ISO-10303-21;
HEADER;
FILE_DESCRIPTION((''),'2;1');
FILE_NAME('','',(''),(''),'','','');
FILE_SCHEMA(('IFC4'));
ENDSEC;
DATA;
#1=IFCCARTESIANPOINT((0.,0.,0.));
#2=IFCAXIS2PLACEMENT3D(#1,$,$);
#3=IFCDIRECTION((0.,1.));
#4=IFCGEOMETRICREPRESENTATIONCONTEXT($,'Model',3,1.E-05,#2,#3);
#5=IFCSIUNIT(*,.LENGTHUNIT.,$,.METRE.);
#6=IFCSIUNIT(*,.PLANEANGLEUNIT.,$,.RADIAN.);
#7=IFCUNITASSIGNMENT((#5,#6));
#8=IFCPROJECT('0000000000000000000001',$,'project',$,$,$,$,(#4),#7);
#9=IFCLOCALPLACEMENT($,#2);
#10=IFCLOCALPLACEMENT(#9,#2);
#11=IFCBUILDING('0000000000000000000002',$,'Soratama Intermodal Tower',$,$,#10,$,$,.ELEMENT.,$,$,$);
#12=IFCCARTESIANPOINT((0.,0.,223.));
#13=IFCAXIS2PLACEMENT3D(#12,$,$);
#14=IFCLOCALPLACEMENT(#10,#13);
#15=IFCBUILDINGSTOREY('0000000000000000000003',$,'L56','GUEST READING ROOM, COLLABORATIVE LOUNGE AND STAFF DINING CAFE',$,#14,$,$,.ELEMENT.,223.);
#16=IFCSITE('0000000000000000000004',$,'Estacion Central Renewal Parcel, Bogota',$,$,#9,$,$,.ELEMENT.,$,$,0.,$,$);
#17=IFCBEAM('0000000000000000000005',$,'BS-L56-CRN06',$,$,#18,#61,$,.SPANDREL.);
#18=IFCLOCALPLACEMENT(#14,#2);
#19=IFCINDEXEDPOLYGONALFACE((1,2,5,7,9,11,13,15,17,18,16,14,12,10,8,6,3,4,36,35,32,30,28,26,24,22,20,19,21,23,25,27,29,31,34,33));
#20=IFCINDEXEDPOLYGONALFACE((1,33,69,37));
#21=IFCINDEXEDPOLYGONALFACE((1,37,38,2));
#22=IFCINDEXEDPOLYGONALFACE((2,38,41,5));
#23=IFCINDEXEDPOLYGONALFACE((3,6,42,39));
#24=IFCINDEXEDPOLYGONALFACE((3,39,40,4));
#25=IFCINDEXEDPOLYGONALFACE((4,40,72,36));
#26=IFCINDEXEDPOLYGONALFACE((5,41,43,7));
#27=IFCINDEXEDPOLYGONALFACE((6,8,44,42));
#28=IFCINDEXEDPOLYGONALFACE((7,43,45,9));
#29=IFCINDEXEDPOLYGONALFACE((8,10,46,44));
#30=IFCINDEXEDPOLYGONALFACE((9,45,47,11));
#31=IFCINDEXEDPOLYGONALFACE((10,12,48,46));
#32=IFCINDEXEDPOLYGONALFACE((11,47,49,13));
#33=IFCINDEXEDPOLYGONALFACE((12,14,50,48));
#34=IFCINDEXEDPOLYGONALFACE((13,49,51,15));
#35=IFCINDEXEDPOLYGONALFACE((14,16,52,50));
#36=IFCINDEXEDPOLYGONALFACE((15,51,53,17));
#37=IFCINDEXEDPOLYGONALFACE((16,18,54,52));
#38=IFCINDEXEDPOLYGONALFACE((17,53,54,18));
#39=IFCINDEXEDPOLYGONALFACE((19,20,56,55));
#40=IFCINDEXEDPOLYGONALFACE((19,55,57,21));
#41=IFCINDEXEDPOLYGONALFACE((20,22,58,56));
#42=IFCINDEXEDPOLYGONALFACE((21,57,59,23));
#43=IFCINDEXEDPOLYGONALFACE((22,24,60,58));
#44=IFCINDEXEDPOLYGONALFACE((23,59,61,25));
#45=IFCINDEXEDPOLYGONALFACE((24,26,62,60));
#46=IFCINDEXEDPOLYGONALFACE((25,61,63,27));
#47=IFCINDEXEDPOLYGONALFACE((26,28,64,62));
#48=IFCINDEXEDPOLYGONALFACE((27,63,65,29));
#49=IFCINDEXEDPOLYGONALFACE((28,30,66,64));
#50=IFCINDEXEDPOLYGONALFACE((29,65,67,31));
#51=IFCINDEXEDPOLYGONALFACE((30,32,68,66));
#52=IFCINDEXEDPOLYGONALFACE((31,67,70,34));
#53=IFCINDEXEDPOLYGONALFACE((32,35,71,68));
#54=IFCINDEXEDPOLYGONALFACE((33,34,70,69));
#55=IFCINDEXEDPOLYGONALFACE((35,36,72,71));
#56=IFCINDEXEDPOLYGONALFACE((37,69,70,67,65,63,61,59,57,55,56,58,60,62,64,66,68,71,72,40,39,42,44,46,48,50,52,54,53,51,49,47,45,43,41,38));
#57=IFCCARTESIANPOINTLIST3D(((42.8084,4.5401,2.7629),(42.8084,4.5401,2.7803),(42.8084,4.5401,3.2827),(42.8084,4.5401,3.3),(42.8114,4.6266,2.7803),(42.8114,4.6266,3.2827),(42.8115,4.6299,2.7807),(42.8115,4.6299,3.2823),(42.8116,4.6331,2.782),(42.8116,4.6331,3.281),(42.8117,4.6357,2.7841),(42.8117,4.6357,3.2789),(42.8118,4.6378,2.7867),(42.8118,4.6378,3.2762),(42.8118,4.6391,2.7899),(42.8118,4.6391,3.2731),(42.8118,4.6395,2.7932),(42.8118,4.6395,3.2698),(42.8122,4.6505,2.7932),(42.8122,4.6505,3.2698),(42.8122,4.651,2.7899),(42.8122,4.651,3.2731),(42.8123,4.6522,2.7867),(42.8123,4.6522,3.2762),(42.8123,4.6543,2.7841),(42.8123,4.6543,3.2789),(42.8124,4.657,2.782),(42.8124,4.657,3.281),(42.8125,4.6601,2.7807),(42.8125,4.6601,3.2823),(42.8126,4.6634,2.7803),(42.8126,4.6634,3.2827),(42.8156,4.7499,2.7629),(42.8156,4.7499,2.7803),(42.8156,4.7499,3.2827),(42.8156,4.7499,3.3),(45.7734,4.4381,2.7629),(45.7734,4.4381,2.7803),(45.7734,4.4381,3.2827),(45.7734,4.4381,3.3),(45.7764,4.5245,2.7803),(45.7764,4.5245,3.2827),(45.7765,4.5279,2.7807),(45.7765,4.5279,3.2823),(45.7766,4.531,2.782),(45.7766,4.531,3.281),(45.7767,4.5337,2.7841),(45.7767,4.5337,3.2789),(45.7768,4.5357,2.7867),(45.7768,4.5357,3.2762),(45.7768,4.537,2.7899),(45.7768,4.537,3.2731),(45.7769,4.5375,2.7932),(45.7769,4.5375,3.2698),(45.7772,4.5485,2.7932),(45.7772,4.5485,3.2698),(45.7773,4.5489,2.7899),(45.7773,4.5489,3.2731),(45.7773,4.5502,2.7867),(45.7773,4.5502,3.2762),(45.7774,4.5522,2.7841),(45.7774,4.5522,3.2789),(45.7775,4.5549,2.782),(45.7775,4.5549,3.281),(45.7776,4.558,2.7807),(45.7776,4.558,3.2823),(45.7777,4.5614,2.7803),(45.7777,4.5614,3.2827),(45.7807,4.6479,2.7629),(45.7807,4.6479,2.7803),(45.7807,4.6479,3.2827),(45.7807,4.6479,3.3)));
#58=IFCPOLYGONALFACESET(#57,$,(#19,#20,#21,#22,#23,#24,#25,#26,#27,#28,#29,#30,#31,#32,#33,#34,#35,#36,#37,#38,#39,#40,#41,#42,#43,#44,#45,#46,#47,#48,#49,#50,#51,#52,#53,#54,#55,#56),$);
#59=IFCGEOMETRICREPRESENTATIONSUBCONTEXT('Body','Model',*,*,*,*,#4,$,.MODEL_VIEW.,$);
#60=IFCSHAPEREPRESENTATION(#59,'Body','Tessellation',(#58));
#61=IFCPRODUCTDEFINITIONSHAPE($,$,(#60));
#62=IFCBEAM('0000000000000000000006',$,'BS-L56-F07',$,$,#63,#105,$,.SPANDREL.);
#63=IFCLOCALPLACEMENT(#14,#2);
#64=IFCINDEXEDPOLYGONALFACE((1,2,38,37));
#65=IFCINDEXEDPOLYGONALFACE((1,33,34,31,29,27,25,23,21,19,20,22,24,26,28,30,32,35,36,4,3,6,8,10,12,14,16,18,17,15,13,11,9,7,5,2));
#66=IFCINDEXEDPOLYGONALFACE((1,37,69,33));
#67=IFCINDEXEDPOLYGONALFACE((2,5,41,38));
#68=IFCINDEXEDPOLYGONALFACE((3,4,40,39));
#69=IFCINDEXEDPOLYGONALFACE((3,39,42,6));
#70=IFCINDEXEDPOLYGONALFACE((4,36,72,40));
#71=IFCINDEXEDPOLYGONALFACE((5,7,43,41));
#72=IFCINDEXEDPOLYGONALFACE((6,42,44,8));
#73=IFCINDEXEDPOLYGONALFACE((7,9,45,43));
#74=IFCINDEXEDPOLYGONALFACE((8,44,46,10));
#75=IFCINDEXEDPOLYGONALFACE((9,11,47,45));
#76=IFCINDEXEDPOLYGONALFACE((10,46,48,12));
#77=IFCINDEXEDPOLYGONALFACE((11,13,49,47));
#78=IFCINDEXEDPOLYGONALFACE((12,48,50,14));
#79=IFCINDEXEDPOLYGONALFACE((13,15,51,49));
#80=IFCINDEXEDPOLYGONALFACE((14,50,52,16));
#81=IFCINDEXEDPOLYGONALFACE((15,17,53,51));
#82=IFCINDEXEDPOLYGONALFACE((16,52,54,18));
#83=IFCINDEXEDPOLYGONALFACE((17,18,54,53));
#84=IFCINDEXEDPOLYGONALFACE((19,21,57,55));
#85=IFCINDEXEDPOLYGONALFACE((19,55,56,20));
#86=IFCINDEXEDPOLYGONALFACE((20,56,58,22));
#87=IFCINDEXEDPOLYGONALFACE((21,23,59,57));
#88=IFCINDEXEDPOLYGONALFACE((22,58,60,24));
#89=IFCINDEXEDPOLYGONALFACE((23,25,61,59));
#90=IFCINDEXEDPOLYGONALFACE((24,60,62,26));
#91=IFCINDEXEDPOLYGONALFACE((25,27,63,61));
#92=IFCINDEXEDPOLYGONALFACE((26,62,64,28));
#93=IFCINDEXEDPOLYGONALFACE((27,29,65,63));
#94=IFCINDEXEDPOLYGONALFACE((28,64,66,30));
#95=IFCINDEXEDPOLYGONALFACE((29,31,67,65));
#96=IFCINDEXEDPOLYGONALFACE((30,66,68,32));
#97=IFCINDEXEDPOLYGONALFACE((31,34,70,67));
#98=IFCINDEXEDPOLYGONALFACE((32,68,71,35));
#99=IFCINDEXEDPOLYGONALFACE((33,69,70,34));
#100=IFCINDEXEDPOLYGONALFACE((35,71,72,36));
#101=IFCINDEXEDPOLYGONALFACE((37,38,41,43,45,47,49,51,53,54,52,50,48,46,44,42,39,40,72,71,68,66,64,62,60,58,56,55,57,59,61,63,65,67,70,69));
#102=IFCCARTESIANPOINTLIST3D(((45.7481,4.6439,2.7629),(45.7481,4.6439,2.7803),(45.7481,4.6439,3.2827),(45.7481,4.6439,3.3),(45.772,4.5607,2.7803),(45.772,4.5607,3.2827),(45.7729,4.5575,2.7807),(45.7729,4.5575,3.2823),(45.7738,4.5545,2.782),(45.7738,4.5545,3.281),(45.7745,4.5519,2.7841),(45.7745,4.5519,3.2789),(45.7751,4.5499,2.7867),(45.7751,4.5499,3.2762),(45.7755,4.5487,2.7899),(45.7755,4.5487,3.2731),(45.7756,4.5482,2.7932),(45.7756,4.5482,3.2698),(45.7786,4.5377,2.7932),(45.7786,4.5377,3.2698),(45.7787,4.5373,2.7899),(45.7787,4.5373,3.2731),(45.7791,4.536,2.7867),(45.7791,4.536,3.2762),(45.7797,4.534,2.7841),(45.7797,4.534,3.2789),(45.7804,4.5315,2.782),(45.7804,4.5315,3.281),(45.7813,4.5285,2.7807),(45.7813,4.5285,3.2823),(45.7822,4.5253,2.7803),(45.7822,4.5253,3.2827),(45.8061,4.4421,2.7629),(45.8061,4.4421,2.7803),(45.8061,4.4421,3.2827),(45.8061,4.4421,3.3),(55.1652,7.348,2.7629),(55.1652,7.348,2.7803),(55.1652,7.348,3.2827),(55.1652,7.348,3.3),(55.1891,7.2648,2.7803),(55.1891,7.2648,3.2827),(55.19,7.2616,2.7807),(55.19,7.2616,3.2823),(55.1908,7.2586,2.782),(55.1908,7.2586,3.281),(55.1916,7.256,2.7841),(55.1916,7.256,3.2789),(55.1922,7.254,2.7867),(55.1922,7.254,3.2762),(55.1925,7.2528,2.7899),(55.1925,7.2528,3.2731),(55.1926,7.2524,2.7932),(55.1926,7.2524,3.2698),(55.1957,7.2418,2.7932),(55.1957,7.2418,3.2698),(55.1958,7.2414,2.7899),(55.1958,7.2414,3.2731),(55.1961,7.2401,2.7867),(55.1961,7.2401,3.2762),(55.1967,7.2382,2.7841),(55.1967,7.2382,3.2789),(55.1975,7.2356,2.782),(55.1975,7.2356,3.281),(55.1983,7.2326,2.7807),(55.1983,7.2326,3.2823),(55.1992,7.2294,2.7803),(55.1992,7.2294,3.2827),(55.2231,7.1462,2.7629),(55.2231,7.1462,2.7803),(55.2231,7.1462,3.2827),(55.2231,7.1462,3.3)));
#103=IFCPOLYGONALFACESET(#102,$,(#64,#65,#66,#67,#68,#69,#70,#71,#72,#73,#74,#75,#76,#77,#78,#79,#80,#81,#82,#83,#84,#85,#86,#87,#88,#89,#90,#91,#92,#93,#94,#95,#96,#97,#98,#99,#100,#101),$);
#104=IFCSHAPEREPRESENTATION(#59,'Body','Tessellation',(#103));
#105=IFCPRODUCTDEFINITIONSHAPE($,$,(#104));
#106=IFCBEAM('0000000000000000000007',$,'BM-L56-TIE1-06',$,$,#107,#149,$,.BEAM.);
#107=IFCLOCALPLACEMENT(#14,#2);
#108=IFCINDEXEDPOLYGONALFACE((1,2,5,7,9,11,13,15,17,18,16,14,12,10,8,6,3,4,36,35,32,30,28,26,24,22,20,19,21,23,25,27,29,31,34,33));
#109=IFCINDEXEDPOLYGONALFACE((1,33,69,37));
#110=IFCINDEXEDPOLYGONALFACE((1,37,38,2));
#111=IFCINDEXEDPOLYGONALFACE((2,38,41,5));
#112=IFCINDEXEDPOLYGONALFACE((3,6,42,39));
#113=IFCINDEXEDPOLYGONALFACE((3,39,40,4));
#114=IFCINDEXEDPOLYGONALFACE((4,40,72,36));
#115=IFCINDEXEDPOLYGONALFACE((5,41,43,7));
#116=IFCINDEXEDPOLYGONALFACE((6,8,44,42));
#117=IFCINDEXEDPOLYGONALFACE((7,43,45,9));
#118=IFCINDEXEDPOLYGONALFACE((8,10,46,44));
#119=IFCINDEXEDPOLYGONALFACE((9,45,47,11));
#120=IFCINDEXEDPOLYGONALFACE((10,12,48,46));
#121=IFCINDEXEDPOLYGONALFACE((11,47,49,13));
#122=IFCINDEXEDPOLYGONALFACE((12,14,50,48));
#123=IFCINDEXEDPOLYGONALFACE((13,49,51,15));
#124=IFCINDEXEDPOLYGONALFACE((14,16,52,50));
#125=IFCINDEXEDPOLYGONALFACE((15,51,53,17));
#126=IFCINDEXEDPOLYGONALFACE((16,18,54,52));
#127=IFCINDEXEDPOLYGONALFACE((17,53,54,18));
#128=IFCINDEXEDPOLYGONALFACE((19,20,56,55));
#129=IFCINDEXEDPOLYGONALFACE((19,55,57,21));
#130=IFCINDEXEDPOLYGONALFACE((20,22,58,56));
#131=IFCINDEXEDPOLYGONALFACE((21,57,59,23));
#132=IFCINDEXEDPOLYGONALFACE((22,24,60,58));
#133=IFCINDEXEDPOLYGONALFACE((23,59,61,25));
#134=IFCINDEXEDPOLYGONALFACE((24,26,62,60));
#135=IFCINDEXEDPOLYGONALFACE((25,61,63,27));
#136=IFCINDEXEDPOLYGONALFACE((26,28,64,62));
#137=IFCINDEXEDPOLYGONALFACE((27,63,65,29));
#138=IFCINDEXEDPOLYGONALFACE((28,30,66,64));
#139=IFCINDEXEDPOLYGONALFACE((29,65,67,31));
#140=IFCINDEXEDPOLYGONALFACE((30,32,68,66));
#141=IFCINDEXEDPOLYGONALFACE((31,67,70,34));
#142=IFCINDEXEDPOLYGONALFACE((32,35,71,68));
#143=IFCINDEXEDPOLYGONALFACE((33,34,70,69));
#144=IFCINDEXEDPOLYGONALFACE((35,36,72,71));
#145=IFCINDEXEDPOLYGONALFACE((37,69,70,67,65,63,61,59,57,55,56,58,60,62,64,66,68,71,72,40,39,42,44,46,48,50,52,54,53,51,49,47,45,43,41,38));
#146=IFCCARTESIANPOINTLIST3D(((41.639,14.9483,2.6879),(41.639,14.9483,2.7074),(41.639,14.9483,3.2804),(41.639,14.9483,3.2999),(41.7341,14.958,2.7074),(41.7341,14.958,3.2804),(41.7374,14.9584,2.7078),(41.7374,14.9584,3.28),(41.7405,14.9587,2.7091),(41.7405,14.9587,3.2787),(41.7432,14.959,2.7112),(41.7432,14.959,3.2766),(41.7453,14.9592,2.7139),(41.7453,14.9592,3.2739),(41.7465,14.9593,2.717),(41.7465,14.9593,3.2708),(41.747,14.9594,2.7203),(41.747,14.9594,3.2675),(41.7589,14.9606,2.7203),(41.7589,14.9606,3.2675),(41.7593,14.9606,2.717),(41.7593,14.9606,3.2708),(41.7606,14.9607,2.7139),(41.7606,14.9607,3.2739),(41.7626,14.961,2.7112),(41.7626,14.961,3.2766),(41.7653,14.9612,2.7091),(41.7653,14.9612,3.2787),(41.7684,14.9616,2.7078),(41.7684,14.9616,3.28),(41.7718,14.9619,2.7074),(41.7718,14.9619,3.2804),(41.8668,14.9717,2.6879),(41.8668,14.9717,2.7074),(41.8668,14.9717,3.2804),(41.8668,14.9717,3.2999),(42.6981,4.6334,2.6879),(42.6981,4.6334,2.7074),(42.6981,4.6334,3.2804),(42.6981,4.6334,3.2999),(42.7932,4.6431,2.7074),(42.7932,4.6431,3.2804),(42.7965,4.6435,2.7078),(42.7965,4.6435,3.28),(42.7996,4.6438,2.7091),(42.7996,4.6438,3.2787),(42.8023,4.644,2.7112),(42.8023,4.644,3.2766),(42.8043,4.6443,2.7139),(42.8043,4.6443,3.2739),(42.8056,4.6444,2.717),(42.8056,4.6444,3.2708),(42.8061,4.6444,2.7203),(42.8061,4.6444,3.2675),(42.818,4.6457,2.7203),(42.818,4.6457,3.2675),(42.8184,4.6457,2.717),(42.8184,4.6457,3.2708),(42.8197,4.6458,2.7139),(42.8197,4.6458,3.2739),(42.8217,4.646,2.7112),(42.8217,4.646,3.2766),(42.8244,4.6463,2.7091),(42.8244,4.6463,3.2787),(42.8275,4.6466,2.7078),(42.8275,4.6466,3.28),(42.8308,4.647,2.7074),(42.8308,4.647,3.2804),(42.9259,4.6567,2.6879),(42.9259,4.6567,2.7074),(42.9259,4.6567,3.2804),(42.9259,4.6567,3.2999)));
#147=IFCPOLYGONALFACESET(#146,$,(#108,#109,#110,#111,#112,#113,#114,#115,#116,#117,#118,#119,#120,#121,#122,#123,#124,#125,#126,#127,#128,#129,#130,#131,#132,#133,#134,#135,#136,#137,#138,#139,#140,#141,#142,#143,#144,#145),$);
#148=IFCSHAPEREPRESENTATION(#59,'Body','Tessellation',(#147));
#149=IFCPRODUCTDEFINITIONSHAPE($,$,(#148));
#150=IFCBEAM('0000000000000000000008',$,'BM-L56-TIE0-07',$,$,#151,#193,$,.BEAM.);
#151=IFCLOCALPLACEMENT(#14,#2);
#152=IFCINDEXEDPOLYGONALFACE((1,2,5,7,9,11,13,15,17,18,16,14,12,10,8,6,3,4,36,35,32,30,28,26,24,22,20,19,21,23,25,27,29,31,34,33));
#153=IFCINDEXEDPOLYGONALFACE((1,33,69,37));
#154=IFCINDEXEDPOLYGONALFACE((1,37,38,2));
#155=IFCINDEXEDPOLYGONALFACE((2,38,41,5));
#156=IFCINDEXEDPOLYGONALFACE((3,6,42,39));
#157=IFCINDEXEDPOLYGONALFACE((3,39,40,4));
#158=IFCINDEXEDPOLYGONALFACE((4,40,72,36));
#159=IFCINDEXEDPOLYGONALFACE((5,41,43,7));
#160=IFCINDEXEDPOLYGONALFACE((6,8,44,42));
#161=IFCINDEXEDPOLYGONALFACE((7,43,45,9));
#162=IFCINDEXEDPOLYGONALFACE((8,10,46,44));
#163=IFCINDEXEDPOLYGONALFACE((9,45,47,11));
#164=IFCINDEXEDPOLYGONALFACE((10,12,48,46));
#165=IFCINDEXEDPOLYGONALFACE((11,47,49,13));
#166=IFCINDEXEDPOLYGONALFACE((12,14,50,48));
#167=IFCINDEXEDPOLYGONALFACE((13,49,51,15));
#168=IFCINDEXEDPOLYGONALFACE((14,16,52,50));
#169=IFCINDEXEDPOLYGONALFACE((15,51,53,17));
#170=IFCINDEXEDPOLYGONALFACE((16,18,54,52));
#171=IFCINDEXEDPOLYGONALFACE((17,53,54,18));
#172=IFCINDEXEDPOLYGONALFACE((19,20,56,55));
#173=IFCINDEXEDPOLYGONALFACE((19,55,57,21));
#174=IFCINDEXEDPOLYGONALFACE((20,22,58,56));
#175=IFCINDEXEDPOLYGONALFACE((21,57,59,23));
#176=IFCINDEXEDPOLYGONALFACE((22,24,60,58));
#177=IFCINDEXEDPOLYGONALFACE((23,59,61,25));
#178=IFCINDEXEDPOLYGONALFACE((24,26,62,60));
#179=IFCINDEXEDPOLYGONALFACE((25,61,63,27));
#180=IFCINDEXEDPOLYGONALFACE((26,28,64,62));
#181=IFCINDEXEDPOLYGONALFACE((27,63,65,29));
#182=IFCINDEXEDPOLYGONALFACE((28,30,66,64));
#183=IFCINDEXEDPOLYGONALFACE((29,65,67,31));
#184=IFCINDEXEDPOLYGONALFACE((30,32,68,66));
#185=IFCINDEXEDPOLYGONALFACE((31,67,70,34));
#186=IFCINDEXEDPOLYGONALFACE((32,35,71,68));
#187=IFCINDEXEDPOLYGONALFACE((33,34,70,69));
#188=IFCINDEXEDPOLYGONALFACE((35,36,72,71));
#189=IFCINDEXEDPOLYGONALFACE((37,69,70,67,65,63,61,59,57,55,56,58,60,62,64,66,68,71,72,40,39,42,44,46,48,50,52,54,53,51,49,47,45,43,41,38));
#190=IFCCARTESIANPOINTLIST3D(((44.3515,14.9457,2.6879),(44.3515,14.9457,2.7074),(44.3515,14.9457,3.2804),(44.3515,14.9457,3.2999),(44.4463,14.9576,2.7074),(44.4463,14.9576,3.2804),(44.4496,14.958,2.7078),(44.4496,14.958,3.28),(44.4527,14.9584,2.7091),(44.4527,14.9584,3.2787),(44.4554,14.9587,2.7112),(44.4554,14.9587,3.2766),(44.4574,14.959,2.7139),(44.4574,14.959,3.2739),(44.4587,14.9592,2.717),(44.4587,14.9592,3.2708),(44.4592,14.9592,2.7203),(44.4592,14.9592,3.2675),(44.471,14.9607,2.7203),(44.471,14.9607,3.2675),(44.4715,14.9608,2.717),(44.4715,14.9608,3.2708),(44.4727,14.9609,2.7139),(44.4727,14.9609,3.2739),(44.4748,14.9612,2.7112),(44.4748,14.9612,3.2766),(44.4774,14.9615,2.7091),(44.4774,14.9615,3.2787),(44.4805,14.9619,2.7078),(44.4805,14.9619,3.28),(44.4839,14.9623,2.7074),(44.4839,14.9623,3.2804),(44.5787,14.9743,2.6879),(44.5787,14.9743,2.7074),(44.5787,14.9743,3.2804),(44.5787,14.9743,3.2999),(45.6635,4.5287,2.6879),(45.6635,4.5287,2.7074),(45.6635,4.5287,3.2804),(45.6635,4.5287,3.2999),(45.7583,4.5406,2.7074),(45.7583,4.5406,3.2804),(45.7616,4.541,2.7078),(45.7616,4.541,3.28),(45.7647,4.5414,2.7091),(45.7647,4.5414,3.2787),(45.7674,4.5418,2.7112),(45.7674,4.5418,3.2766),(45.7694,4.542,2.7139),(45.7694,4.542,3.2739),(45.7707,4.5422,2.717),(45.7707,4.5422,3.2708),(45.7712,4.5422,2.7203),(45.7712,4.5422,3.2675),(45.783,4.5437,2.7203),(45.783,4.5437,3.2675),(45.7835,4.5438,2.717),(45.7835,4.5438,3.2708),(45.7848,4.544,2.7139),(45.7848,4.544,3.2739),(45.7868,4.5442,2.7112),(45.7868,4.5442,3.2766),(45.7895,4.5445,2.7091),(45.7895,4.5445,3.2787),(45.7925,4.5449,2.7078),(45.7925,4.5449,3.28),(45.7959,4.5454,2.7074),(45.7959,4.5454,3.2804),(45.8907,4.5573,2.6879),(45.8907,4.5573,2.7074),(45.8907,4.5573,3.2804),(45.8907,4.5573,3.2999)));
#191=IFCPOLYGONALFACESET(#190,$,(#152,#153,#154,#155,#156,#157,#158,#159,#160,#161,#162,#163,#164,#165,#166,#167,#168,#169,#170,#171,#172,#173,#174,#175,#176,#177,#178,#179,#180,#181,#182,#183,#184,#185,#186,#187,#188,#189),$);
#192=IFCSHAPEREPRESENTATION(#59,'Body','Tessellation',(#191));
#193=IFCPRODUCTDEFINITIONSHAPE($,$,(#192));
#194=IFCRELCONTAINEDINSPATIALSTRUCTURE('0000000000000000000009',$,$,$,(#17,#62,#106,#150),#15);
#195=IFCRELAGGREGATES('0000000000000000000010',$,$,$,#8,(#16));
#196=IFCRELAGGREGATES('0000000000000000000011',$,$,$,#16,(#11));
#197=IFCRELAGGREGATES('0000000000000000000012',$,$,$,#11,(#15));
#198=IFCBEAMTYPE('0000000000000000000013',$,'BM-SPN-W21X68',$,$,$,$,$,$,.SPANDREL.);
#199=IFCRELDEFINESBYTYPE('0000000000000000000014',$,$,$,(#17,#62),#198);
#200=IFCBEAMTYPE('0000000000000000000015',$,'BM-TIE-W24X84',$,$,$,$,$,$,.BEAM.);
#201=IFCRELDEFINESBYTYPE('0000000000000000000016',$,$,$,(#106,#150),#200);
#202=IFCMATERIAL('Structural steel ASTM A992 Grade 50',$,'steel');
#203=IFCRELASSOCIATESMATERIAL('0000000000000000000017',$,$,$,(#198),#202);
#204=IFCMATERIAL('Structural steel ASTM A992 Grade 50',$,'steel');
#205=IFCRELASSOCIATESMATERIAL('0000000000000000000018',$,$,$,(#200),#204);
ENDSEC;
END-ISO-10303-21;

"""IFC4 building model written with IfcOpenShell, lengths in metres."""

from ifc_helpers import new_model, si_unit, direction, frame, origin, origin_2d, place, context, subcontext, project, spatial, i_section, extrude, material, material_profile, profile_set, type_object, element, save


model = new_model("IFC4")

# Units and contexts
model_context = context("Model", 3, precision=1e-05, world=origin(), true_north=direction((0.0, 1.0)))
body_context = subcontext(model_context, "Body", "Model", "MODEL_VIEW")
ifc_project = project(units=[si_unit("LENGTHUNIT", "METRE"), si_unit("PLANEANGLEUNIT", "RADIAN")], contexts=[model_context])

# Site, building, storey
site_placement = place(None, origin())
site = spatial("IfcSite", under=ifc_project, at=site_placement, Name="Estacion Central Renewal Parcel, Bogota", CompositionType="ELEMENT", RefElevation=0.0)
building_placement = place(site_placement, origin())
building = spatial("IfcBuilding", under=site, at=building_placement, Name="Soratama Intermodal Tower", CompositionType="ELEMENT")
storey_placement = place(building_placement, frame((0.0, 0.0, 223.0)))
storey = spatial("IfcBuildingStorey", under=building, at=storey_placement, Name="L56", Description="GUEST READING ROOM, COLLABORATIVE LOUNGE AND STAFF DINING CAFE", CompositionType="ELEMENT", Elevation=223.0)

# Beams
ifc_material_1 = material(Name="Structural steel ASTM A992 Grade 50", Category="steel")
ifc_material_profile_1 = material_profile(ifc_material_1, i_section(OverallWidth=0.21, OverallDepth=0.5371, WebThickness=0.011, FlangeThickness=0.0173, FilletRadius=0.0129, at=origin_2d()), Name="W21X68")
ifc_profile_set_1 = profile_set([ifc_material_profile_1], Name="Structural steel ASTM A992 Grade 50")
beam_type_1 = type_object("IfcBeamType", Name="BM-SPN-W21X68", PredefinedType="SPANDREL", material=ifc_profile_set_1)
beam_1_placement = place(storey_placement, frame((42.812, 4.645, 3.0315), z_axis=(0.999408, -0.034397, 0.0), x_axis=(0.034397, 0.999408, 0.0)))
element("IfcBeam", 1, at=beam_1_placement, inside=storey, type_object=beam_type_1, Name="BS-L56-CRN06", PredefinedType="SPANDREL", context=body_context, shape_type="SweptSolid", body=[
    extrude(i_section(OverallWidth=0.21, OverallDepth=0.5371, WebThickness=0.011, FlangeThickness=0.0173, FilletRadius=0.0129, at=origin_2d()), origin(), (0.0, 0.0, 1.0), 2.9668),
])
beam_2_placement = place(storey_placement, frame((45.7771, 4.543, 3.0315), z_axis=(0.961158, 0.275998, 0.0), x_axis=(-0.275998, 0.961158, 0.0)))
element("IfcBeam", 2, at=beam_2_placement, inside=storey, type_object=beam_type_1, Name="BS-L56-F07", PredefinedType="SPANDREL", context=body_context, shape_type="SweptSolid", body=[
    extrude(i_section(OverallWidth=0.21, OverallDepth=0.5371, WebThickness=0.011, FlangeThickness=0.0173, FilletRadius=0.0129, at=origin_2d()), origin(), (0.0, 0.0, 1.0), 9.7976),
])
ifc_material_2 = material(Name="Structural steel ASTM A992 Grade 50", Category="steel")
ifc_material_profile_2 = material_profile(ifc_material_2, i_section(OverallWidth=0.229, OverallDepth=0.6121, WebThickness=0.012, FlangeThickness=0.0195, FilletRadius=0.0129, at=origin_2d()), Name="W24X84")
ifc_profile_set_2 = profile_set([ifc_material_profile_2], Name="Structural steel ASTM A992 Grade 50")
beam_type_2 = type_object("IfcBeamType", Name="BM-TIE-W24X84", PredefinedType="BEAM", material=ifc_profile_set_2)
beam_3_placement = place(storey_placement, frame((41.7529, 14.96, 2.9939), z_axis=(0.102138, -0.99477, 0.0), x_axis=(0.99477, 0.102138, 0.0)))
element("IfcBeam", 3, at=beam_3_placement, inside=storey, type_object=beam_type_2, Name="BM-L56-TIE1-06", PredefinedType="BEAM", context=body_context, shape_type="SweptSolid", body=[
    extrude(i_section(OverallWidth=0.229, OverallDepth=0.6121, WebThickness=0.012, FlangeThickness=0.0195, FilletRadius=0.0129, at=origin_2d()), origin(), (0.0, 0.0, 1.0), 10.3691),
])
beam_4_placement = place(storey_placement, frame((44.4651, 14.96, 2.9939), z_axis=(0.124962, -0.992162, 0.0), x_axis=(0.992162, 0.124962, 0.0)))
element("IfcBeam", 4, at=beam_4_placement, inside=storey, type_object=beam_type_2, Name="BM-L56-TIE0-07", PredefinedType="BEAM", context=body_context, shape_type="SweptSolid", body=[
    extrude(i_section(OverallWidth=0.229, OverallDepth=0.6121, WebThickness=0.012, FlangeThickness=0.0195, FilletRadius=0.0129, at=origin_2d()), origin(), (0.0, 0.0, 1.0), 10.4993),
])

save(model, "model.ifc")
